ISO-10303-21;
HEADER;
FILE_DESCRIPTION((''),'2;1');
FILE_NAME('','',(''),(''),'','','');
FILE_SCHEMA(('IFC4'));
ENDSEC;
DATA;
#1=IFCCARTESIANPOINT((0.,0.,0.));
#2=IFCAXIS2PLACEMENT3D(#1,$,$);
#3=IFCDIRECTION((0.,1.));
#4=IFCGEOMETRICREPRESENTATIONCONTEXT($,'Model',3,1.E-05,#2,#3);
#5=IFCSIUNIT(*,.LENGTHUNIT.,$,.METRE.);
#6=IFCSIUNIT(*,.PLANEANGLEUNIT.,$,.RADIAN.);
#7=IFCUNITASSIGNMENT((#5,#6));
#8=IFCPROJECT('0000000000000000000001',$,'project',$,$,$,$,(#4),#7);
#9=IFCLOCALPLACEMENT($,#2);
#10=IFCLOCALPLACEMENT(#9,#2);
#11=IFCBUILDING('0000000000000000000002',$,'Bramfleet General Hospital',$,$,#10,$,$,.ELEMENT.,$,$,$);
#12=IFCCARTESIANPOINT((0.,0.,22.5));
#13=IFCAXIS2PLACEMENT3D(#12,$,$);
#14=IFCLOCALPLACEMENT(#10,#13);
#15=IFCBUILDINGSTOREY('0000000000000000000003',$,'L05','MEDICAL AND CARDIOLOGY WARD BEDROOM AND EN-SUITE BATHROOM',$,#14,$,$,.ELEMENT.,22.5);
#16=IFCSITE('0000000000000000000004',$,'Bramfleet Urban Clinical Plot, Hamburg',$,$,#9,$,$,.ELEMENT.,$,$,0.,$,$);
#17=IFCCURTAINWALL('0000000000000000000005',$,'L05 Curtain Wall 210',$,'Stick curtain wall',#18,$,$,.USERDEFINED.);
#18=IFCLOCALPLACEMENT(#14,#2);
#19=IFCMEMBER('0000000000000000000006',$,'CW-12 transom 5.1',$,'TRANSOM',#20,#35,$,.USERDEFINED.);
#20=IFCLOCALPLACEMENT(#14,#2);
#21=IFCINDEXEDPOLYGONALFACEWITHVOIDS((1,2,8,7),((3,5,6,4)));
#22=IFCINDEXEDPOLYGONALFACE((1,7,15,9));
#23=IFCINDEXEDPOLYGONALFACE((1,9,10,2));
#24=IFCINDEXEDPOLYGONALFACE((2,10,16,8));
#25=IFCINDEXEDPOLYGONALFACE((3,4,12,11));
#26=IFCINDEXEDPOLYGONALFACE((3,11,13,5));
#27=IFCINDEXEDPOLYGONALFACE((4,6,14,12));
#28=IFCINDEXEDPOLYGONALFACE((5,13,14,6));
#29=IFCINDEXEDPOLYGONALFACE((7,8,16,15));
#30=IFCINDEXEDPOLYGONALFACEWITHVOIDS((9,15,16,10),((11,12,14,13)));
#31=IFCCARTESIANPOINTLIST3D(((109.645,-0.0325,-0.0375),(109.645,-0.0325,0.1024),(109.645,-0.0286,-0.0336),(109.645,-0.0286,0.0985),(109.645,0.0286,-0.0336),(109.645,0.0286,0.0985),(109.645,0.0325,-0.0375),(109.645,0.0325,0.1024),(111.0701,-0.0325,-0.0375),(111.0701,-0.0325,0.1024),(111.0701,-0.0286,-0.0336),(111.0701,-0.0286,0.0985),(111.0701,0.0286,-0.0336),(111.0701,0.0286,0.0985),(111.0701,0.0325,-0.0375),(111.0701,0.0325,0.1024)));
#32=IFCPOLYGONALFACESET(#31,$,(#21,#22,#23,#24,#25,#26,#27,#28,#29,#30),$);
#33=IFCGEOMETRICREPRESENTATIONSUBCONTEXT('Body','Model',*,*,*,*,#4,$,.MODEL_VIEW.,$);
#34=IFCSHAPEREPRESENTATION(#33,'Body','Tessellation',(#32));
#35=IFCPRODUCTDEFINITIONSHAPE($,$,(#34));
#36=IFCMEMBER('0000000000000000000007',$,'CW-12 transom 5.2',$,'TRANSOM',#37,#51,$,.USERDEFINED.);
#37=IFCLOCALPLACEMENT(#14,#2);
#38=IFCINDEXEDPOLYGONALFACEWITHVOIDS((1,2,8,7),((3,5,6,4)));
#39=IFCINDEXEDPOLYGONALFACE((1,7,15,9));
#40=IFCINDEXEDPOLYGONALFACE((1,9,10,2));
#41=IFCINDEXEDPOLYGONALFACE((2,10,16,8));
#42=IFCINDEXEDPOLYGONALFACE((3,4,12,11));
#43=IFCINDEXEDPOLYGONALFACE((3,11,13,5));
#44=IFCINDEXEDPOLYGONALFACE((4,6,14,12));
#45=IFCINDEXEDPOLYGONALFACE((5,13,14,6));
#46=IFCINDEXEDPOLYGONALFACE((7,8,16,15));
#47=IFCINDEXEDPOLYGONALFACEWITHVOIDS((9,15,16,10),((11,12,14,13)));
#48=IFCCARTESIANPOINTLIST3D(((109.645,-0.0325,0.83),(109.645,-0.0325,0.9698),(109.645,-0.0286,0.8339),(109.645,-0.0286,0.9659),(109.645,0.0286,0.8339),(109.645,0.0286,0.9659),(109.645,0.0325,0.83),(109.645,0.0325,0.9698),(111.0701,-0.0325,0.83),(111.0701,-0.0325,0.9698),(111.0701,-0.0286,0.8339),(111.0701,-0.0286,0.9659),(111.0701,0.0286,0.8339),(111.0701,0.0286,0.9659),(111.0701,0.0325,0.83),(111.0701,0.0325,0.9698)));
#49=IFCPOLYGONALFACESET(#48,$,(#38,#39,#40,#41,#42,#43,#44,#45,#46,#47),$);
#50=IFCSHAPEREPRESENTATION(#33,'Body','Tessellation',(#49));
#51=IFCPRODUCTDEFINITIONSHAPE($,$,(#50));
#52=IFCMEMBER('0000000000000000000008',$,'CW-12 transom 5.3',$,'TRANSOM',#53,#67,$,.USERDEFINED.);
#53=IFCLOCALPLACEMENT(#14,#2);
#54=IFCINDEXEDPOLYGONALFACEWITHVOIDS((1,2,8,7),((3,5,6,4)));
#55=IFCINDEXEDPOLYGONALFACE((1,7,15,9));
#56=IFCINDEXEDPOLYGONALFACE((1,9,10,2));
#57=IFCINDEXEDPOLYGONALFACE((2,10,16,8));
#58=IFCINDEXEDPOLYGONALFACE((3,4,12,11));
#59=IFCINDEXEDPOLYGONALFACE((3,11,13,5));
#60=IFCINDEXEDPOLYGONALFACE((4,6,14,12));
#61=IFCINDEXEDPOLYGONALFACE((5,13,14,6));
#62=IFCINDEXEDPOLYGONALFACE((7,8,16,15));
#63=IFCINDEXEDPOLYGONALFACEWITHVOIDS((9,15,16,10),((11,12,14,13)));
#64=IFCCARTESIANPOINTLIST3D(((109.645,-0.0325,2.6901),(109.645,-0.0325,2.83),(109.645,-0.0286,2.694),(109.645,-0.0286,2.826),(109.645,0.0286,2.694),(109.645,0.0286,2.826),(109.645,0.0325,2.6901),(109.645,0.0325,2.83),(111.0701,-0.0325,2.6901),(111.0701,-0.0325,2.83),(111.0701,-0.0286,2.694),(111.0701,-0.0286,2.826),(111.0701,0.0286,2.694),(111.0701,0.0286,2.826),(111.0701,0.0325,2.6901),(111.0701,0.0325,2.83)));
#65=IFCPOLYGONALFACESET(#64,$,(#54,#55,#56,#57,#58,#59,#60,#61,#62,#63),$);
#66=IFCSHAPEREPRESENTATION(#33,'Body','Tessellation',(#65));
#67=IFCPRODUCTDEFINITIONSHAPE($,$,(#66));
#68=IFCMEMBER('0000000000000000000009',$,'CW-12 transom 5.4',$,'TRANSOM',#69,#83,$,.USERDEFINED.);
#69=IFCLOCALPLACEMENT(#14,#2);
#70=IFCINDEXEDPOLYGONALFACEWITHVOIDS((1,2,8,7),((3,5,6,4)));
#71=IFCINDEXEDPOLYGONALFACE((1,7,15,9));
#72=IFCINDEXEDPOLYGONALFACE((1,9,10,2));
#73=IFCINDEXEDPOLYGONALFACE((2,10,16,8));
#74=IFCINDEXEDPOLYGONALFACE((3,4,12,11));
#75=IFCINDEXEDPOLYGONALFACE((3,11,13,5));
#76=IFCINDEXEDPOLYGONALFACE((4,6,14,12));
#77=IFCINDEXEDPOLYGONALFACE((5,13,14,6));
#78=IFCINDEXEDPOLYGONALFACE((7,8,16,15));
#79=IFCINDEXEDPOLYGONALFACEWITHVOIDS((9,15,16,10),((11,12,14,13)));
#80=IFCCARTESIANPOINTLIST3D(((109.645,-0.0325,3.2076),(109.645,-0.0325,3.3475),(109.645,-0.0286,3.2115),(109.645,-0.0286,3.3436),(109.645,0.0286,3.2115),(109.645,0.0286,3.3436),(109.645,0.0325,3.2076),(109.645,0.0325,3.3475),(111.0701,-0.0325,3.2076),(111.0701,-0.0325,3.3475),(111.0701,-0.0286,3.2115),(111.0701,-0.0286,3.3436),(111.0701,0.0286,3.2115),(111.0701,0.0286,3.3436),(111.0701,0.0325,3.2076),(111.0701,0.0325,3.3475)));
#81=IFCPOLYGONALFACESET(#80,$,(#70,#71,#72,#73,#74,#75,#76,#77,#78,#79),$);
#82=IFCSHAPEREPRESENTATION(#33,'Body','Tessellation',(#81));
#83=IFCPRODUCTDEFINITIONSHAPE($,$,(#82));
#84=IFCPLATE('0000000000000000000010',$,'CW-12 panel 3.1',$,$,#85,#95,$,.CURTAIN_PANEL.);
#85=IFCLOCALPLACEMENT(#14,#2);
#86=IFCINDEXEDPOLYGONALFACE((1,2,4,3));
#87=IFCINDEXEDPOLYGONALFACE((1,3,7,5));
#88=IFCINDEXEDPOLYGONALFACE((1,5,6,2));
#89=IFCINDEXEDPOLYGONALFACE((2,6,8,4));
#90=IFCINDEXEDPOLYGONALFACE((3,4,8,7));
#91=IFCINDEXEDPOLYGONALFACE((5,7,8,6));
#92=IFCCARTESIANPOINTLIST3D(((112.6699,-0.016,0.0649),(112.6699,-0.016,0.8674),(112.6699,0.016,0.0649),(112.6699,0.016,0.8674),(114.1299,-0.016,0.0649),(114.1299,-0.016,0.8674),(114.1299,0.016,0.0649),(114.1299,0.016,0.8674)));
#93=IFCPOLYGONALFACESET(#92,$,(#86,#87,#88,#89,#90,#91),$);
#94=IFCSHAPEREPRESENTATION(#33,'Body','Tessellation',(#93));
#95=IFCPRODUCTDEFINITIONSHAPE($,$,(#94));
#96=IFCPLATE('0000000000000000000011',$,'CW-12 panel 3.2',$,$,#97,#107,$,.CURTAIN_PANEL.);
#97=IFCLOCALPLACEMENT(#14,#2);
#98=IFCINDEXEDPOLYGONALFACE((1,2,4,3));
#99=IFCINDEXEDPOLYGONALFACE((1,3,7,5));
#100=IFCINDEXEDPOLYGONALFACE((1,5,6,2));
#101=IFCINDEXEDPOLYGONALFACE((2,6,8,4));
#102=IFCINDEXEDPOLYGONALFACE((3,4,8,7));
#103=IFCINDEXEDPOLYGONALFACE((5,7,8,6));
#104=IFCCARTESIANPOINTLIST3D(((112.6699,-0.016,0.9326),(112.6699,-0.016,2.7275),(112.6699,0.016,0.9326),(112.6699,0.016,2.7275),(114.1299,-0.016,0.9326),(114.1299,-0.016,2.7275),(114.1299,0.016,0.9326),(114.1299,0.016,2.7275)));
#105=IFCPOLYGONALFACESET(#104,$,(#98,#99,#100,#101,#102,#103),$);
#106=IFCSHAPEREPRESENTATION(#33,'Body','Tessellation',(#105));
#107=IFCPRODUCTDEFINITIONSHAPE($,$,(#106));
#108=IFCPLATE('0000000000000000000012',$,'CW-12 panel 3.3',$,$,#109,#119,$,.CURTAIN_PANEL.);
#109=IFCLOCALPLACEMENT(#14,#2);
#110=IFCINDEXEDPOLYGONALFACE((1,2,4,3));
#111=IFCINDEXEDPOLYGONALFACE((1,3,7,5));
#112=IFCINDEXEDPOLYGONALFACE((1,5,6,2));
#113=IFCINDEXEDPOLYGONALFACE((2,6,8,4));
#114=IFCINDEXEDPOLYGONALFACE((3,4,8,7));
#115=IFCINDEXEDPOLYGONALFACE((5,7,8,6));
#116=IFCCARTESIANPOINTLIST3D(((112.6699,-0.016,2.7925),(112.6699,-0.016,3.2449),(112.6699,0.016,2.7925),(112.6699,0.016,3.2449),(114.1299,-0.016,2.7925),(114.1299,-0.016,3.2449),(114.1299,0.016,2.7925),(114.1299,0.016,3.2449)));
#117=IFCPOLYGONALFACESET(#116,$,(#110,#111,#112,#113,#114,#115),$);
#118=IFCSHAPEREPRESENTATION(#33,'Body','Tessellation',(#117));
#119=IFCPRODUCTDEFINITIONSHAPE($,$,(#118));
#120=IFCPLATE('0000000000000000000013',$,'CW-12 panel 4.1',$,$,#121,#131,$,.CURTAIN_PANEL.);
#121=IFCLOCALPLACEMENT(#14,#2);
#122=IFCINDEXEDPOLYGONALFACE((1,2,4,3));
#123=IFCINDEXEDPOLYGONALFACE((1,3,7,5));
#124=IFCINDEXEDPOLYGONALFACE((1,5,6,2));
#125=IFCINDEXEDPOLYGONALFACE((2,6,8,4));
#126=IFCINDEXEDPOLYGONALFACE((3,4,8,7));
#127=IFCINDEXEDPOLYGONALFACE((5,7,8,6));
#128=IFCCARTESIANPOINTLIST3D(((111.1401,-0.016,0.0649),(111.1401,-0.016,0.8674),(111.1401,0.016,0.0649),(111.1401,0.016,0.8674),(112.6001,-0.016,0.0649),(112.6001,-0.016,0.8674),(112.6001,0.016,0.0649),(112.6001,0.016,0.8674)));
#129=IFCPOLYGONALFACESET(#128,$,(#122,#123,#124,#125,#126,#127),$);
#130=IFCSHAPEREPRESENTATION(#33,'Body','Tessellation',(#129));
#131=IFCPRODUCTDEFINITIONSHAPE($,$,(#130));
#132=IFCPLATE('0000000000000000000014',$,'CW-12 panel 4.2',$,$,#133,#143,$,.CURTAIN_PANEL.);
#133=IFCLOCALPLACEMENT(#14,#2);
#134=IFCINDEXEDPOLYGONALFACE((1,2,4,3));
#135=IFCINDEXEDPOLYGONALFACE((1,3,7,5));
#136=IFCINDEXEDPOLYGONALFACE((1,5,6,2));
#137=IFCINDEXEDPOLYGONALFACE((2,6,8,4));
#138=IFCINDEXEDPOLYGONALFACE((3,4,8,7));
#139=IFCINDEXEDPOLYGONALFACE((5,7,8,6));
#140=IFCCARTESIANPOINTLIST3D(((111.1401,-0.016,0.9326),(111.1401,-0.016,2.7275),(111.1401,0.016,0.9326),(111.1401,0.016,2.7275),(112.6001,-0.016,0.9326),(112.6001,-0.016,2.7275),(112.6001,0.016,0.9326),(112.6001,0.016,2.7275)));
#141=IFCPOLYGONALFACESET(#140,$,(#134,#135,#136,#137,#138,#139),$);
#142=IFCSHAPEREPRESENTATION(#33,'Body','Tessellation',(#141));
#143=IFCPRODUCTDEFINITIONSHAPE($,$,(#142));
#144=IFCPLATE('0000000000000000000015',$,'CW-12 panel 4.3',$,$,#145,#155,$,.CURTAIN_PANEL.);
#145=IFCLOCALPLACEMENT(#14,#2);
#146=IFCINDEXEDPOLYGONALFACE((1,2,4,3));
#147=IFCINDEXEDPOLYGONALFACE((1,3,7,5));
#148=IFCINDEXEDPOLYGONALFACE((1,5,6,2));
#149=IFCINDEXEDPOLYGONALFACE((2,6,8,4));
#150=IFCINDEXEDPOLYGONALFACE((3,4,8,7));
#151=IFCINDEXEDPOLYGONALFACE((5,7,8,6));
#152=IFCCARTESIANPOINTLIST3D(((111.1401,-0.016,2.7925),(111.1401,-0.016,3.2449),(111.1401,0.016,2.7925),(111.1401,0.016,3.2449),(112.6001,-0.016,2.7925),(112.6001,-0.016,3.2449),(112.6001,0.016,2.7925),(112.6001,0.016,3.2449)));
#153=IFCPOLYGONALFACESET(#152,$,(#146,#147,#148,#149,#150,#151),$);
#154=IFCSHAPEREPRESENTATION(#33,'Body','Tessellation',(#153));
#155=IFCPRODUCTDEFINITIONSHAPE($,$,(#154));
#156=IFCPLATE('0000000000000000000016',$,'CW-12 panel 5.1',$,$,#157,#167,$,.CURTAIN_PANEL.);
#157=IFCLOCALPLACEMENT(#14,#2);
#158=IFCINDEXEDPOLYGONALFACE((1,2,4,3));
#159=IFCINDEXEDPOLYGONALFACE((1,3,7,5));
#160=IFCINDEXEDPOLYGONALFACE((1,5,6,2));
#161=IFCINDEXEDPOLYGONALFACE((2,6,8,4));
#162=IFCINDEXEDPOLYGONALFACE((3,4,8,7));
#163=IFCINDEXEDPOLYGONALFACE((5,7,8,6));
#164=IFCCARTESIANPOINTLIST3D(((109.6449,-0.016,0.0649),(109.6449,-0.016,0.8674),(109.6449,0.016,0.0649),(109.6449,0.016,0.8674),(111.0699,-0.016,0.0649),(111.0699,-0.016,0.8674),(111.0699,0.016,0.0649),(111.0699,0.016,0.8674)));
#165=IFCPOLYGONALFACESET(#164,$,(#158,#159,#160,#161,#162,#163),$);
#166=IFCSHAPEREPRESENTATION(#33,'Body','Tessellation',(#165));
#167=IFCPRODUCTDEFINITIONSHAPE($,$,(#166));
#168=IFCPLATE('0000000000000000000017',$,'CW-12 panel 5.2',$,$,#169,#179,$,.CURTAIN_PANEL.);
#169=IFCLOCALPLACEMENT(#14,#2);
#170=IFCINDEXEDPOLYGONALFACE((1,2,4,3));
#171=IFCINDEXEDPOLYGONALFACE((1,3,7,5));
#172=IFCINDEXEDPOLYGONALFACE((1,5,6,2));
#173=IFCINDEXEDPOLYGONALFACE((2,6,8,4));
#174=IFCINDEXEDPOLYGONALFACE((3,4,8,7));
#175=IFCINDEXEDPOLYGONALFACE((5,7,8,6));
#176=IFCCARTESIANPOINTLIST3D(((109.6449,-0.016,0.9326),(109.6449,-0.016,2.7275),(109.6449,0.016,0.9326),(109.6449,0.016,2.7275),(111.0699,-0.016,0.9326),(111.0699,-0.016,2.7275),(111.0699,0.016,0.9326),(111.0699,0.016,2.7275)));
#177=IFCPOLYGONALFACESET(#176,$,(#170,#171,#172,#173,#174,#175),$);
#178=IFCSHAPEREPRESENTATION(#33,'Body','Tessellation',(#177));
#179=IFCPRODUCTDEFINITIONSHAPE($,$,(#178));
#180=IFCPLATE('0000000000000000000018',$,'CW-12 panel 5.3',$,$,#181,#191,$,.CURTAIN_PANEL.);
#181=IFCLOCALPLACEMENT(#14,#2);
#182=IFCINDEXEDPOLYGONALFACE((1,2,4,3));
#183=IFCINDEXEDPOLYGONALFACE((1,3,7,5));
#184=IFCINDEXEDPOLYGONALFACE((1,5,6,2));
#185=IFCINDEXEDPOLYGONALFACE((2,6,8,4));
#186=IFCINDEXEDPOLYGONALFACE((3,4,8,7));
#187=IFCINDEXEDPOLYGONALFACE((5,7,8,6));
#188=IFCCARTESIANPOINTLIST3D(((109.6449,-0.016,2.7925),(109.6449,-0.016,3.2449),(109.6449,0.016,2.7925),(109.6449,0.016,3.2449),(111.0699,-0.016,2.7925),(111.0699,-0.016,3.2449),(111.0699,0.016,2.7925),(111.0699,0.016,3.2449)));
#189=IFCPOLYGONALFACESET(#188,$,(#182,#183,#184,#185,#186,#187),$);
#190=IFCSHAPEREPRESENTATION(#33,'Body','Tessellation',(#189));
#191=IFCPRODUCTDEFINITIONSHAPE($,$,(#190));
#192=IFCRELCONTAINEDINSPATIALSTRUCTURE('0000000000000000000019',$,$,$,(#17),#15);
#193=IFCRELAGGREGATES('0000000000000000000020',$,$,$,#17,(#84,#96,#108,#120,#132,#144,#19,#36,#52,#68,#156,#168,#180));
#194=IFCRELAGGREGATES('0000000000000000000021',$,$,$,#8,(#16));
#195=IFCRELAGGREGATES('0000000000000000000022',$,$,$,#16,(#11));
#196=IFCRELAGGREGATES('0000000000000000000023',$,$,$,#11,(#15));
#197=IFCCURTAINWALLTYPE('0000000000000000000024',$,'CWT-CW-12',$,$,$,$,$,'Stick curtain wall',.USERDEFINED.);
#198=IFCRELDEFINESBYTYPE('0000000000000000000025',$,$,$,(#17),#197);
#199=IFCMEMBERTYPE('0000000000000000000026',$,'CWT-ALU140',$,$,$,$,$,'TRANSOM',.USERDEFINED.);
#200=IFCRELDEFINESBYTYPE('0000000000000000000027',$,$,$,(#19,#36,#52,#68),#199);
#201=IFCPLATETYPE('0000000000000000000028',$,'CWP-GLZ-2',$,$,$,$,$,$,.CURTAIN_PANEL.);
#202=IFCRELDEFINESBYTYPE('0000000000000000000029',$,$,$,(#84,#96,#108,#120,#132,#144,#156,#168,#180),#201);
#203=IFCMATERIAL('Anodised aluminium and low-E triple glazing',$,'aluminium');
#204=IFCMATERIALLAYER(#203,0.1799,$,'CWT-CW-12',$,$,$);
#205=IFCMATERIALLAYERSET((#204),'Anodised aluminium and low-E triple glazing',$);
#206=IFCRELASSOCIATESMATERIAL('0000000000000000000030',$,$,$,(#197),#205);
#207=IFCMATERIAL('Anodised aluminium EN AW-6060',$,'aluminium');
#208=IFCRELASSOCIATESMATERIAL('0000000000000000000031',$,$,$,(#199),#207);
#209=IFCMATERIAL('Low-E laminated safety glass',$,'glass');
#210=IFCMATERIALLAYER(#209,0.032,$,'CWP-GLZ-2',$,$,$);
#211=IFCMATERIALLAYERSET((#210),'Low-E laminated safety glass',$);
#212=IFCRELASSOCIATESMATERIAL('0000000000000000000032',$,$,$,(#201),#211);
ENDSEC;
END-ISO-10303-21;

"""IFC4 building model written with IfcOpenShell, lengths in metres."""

from ifc_helpers import new_model, si_unit, direction, frame, origin, origin_2d, place, context, subcontext, project, spatial, rectangle, hollow_rectangle, extrude, material, layer, layer_set, material_profile, profile_set, type_object, element, aggregate, save


model = new_model("IFC4")

# Units and contexts
model_context = context("Model", 3, precision=1e-05, world=origin(), true_north=direction((0.0, 1.0)))
body_context = subcontext(model_context, "Body", "Model", "MODEL_VIEW")
ifc_project = project(units=[si_unit("LENGTHUNIT", "METRE"), si_unit("PLANEANGLEUNIT", "RADIAN")], contexts=[model_context])

# Site, building, storey
site_placement = place(None, origin())
site = spatial("IfcSite", under=ifc_project, at=site_placement, Name="Bramfleet Urban Clinical Plot, Hamburg", CompositionType="ELEMENT", RefElevation=0.0)
building_placement = place(site_placement, origin())
building = spatial("IfcBuilding", under=site, at=building_placement, Name="Bramfleet General Hospital", CompositionType="ELEMENT")
storey_placement = place(building_placement, frame((0.0, 0.0, 22.5)))
storey = spatial("IfcBuildingStorey", under=building, at=storey_placement, Name="L05", Description="MEDICAL AND CARDIOLOGY WARD BEDROOM AND EN-SUITE BATHROOM", CompositionType="ELEMENT", Elevation=22.5)

# Curtain wall, members, plates
ifc_material_1 = material(Name="Anodised aluminium and low-E triple glazing", Category="aluminium")
ifc_layer_1 = layer(ifc_material_1, 0.1799, Name="CWT-CW-12")
ifc_layer_set_1 = layer_set([ifc_layer_1], Name="Anodised aluminium and low-E triple glazing")
curtain_wall_type = type_object("IfcCurtainWallType", Name="CWT-CW-12", ElementType="Stick curtain wall", PredefinedType="USERDEFINED", material=ifc_layer_set_1)
curtain_wall_placement = place(storey_placement, origin())
curtain_wall = element("IfcCurtainWall", 1, at=curtain_wall_placement, inside=storey, type_object=curtain_wall_type, Name="L05 Curtain Wall 210", ObjectType="Stick curtain wall", PredefinedType="USERDEFINED")
ifc_material_2 = material(Name="Anodised aluminium EN AW-6060", Category="aluminium")
ifc_material_profile_1 = material_profile(ifc_material_2, hollow_rectangle(XDim=0.0649, YDim=0.1399, WallThickness=0.0039, at=origin_2d()), Name="ALU 140x65x4.0")
ifc_profile_set_1 = profile_set([ifc_material_profile_1], Name="Anodised aluminium EN AW-6060")
member_type_1 = type_object("IfcMemberType", Name="CWT-ALU140", ElementType="TRANSOM", PredefinedType="USERDEFINED", material=ifc_profile_set_1)
member_1_placement = place(storey_placement, frame((111.0701, 0.0, 0.0325), z_axis=(-1.0, 0.0, 0.0), x_axis=(0.0, -1.0, 0.0)))
member_1 = element("IfcMember", 2, at=member_1_placement, type_object=member_type_1, Name="CW-12 transom 5.1", ObjectType="TRANSOM", PredefinedType="USERDEFINED", context=body_context, shape_type="SweptSolid", body=[
    extrude(hollow_rectangle(XDim=0.0649, YDim=0.1399, WallThickness=0.0039, at=origin_2d()), origin(), (0.0, 0.0, 1.0), 1.425),
])
member_2_placement = place(storey_placement, frame((111.0701, 0.0, 0.8999), z_axis=(-1.0, 0.0, 0.0), x_axis=(0.0, -1.0, 0.0)))
member_2 = element("IfcMember", 3, at=member_2_placement, type_object=member_type_1, Name="CW-12 transom 5.2", ObjectType="TRANSOM", PredefinedType="USERDEFINED", context=body_context, shape_type="SweptSolid", body=[
    extrude(hollow_rectangle(XDim=0.0649, YDim=0.1399, WallThickness=0.0039, at=origin_2d()), origin(), (0.0, 0.0, 1.0), 1.425),
])
member_3_placement = place(storey_placement, frame((111.0701, 0.0, 2.76), z_axis=(-1.0, 0.0, 0.0), x_axis=(0.0, -1.0, 0.0)))
member_3 = element("IfcMember", 4, at=member_3_placement, type_object=member_type_1, Name="CW-12 transom 5.3", ObjectType="TRANSOM", PredefinedType="USERDEFINED", context=body_context, shape_type="SweptSolid", body=[
    extrude(hollow_rectangle(XDim=0.0649, YDim=0.1399, WallThickness=0.0039, at=origin_2d()), origin(), (0.0, 0.0, 1.0), 1.425),
])
member_4_placement = place(storey_placement, frame((111.0701, 0.0, 3.2776), z_axis=(-1.0, 0.0, 0.0), x_axis=(0.0, -1.0, 0.0)))
member_4 = element("IfcMember", 5, at=member_4_placement, type_object=member_type_1, Name="CW-12 transom 5.4", ObjectType="TRANSOM", PredefinedType="USERDEFINED", context=body_context, shape_type="SweptSolid", body=[
    extrude(hollow_rectangle(XDim=0.0649, YDim=0.1399, WallThickness=0.0039, at=origin_2d()), origin(), (0.0, 0.0, 1.0), 1.425),
])
ifc_material_3 = material(Name="Low-E laminated safety glass", Category="glass")
ifc_layer_2 = layer(ifc_material_3, 0.032, Name="CWP-GLZ-2")
ifc_layer_set_2 = layer_set([ifc_layer_2], Name="Low-E laminated safety glass")
plate_type = type_object("IfcPlateType", Name="CWP-GLZ-2", PredefinedType="CURTAIN_PANEL", material=ifc_layer_set_2)
plate_1_placement = place(storey_placement, frame((113.3999, 0.0, 0.0649), z_axis=(0.0, 0.0, 1.0), x_axis=(-1.0, 0.0, 0.0)))
plate_1 = element("IfcPlate", 6, at=plate_1_placement, type_object=plate_type, Name="CW-12 panel 3.1", PredefinedType="CURTAIN_PANEL", context=body_context, shape_type="SweptSolid", body=[
    extrude(rectangle(XDim=1.46, YDim=0.032, at=origin_2d()), origin(), (0.0, 0.0, 1.0), 0.8025),
])
plate_2_placement = place(storey_placement, frame((113.3999, 0.0, 0.9326), z_axis=(0.0, 0.0, 1.0), x_axis=(-1.0, 0.0, 0.0)))
plate_2 = element("IfcPlate", 7, at=plate_2_placement, type_object=plate_type, Name="CW-12 panel 3.2", PredefinedType="CURTAIN_PANEL", context=body_context, shape_type="SweptSolid", body=[
    extrude(rectangle(XDim=1.46, YDim=0.032, at=origin_2d()), origin(), (0.0, 0.0, 1.0), 1.7949),
])
plate_3_placement = place(storey_placement, frame((113.3999, 0.0, 2.7925), z_axis=(0.0, 0.0, 1.0), x_axis=(-1.0, 0.0, 0.0)))
plate_3 = element("IfcPlate", 8, at=plate_3_placement, type_object=plate_type, Name="CW-12 panel 3.3", PredefinedType="CURTAIN_PANEL", context=body_context, shape_type="SweptSolid", body=[
    extrude(rectangle(XDim=1.46, YDim=0.032, at=origin_2d()), origin(), (0.0, 0.0, 1.0), 0.4524),
])
plate_4_placement = place(storey_placement, frame((111.8701, 0.0, 0.0649), z_axis=(0.0, 0.0, 1.0), x_axis=(-1.0, 0.0, 0.0)))
plate_4 = element("IfcPlate", 9, at=plate_4_placement, type_object=plate_type, Name="CW-12 panel 4.1", PredefinedType="CURTAIN_PANEL", context=body_context, shape_type="SweptSolid", body=[
    extrude(rectangle(XDim=1.46, YDim=0.032, at=origin_2d()), origin(), (0.0, 0.0, 1.0), 0.8025),
])
plate_5_placement = place(storey_placement, frame((111.8701, 0.0, 0.9326), z_axis=(0.0, 0.0, 1.0), x_axis=(-1.0, 0.0, 0.0)))
plate_5 = element("IfcPlate", 10, at=plate_5_placement, type_object=plate_type, Name="CW-12 panel 4.2", PredefinedType="CURTAIN_PANEL", context=body_context, shape_type="SweptSolid", body=[
    extrude(rectangle(XDim=1.46, YDim=0.032, at=origin_2d()), origin(), (0.0, 0.0, 1.0), 1.7949),
])
plate_6_placement = place(storey_placement, frame((111.8701, 0.0, 2.7925), z_axis=(0.0, 0.0, 1.0), x_axis=(-1.0, 0.0, 0.0)))
plate_6 = element("IfcPlate", 11, at=plate_6_placement, type_object=plate_type, Name="CW-12 panel 4.3", PredefinedType="CURTAIN_PANEL", context=body_context, shape_type="SweptSolid", body=[
    extrude(rectangle(XDim=1.46, YDim=0.032, at=origin_2d()), origin(), (0.0, 0.0, 1.0), 0.4524),
])
plate_7_placement = place(storey_placement, frame((110.3574, 0.0, 0.0649), z_axis=(0.0, 0.0, 1.0), x_axis=(-1.0, 0.0, 0.0)))
plate_7 = element("IfcPlate", 12, at=plate_7_placement, type_object=plate_type, Name="CW-12 panel 5.1", PredefinedType="CURTAIN_PANEL", context=body_context, shape_type="SweptSolid", body=[
    extrude(rectangle(XDim=1.425, YDim=0.032, at=origin_2d()), origin(), (0.0, 0.0, 1.0), 0.8025),
])
plate_8_placement = place(storey_placement, frame((110.3574, 0.0, 0.9326), z_axis=(0.0, 0.0, 1.0), x_axis=(-1.0, 0.0, 0.0)))
plate_8 = element("IfcPlate", 13, at=plate_8_placement, type_object=plate_type, Name="CW-12 panel 5.2", PredefinedType="CURTAIN_PANEL", context=body_context, shape_type="SweptSolid", body=[
    extrude(rectangle(XDim=1.425, YDim=0.032, at=origin_2d()), origin(), (0.0, 0.0, 1.0), 1.7949),
])
plate_9_placement = place(storey_placement, frame((110.3574, 0.0, 2.7925), z_axis=(0.0, 0.0, 1.0), x_axis=(-1.0, 0.0, 0.0)))
plate_9 = element("IfcPlate", 14, at=plate_9_placement, type_object=plate_type, Name="CW-12 panel 5.3", PredefinedType="CURTAIN_PANEL", context=body_context, shape_type="SweptSolid", body=[
    extrude(rectangle(XDim=1.425, YDim=0.032, at=origin_2d()), origin(), (0.0, 0.0, 1.0), 0.4524),
])
aggregate(curtain_wall, [plate_1, plate_2, plate_3, plate_4, plate_5, plate_6, member_1, member_2, member_3, member_4, plate_7, plate_8, plate_9])

save(model, "model.ifc")
